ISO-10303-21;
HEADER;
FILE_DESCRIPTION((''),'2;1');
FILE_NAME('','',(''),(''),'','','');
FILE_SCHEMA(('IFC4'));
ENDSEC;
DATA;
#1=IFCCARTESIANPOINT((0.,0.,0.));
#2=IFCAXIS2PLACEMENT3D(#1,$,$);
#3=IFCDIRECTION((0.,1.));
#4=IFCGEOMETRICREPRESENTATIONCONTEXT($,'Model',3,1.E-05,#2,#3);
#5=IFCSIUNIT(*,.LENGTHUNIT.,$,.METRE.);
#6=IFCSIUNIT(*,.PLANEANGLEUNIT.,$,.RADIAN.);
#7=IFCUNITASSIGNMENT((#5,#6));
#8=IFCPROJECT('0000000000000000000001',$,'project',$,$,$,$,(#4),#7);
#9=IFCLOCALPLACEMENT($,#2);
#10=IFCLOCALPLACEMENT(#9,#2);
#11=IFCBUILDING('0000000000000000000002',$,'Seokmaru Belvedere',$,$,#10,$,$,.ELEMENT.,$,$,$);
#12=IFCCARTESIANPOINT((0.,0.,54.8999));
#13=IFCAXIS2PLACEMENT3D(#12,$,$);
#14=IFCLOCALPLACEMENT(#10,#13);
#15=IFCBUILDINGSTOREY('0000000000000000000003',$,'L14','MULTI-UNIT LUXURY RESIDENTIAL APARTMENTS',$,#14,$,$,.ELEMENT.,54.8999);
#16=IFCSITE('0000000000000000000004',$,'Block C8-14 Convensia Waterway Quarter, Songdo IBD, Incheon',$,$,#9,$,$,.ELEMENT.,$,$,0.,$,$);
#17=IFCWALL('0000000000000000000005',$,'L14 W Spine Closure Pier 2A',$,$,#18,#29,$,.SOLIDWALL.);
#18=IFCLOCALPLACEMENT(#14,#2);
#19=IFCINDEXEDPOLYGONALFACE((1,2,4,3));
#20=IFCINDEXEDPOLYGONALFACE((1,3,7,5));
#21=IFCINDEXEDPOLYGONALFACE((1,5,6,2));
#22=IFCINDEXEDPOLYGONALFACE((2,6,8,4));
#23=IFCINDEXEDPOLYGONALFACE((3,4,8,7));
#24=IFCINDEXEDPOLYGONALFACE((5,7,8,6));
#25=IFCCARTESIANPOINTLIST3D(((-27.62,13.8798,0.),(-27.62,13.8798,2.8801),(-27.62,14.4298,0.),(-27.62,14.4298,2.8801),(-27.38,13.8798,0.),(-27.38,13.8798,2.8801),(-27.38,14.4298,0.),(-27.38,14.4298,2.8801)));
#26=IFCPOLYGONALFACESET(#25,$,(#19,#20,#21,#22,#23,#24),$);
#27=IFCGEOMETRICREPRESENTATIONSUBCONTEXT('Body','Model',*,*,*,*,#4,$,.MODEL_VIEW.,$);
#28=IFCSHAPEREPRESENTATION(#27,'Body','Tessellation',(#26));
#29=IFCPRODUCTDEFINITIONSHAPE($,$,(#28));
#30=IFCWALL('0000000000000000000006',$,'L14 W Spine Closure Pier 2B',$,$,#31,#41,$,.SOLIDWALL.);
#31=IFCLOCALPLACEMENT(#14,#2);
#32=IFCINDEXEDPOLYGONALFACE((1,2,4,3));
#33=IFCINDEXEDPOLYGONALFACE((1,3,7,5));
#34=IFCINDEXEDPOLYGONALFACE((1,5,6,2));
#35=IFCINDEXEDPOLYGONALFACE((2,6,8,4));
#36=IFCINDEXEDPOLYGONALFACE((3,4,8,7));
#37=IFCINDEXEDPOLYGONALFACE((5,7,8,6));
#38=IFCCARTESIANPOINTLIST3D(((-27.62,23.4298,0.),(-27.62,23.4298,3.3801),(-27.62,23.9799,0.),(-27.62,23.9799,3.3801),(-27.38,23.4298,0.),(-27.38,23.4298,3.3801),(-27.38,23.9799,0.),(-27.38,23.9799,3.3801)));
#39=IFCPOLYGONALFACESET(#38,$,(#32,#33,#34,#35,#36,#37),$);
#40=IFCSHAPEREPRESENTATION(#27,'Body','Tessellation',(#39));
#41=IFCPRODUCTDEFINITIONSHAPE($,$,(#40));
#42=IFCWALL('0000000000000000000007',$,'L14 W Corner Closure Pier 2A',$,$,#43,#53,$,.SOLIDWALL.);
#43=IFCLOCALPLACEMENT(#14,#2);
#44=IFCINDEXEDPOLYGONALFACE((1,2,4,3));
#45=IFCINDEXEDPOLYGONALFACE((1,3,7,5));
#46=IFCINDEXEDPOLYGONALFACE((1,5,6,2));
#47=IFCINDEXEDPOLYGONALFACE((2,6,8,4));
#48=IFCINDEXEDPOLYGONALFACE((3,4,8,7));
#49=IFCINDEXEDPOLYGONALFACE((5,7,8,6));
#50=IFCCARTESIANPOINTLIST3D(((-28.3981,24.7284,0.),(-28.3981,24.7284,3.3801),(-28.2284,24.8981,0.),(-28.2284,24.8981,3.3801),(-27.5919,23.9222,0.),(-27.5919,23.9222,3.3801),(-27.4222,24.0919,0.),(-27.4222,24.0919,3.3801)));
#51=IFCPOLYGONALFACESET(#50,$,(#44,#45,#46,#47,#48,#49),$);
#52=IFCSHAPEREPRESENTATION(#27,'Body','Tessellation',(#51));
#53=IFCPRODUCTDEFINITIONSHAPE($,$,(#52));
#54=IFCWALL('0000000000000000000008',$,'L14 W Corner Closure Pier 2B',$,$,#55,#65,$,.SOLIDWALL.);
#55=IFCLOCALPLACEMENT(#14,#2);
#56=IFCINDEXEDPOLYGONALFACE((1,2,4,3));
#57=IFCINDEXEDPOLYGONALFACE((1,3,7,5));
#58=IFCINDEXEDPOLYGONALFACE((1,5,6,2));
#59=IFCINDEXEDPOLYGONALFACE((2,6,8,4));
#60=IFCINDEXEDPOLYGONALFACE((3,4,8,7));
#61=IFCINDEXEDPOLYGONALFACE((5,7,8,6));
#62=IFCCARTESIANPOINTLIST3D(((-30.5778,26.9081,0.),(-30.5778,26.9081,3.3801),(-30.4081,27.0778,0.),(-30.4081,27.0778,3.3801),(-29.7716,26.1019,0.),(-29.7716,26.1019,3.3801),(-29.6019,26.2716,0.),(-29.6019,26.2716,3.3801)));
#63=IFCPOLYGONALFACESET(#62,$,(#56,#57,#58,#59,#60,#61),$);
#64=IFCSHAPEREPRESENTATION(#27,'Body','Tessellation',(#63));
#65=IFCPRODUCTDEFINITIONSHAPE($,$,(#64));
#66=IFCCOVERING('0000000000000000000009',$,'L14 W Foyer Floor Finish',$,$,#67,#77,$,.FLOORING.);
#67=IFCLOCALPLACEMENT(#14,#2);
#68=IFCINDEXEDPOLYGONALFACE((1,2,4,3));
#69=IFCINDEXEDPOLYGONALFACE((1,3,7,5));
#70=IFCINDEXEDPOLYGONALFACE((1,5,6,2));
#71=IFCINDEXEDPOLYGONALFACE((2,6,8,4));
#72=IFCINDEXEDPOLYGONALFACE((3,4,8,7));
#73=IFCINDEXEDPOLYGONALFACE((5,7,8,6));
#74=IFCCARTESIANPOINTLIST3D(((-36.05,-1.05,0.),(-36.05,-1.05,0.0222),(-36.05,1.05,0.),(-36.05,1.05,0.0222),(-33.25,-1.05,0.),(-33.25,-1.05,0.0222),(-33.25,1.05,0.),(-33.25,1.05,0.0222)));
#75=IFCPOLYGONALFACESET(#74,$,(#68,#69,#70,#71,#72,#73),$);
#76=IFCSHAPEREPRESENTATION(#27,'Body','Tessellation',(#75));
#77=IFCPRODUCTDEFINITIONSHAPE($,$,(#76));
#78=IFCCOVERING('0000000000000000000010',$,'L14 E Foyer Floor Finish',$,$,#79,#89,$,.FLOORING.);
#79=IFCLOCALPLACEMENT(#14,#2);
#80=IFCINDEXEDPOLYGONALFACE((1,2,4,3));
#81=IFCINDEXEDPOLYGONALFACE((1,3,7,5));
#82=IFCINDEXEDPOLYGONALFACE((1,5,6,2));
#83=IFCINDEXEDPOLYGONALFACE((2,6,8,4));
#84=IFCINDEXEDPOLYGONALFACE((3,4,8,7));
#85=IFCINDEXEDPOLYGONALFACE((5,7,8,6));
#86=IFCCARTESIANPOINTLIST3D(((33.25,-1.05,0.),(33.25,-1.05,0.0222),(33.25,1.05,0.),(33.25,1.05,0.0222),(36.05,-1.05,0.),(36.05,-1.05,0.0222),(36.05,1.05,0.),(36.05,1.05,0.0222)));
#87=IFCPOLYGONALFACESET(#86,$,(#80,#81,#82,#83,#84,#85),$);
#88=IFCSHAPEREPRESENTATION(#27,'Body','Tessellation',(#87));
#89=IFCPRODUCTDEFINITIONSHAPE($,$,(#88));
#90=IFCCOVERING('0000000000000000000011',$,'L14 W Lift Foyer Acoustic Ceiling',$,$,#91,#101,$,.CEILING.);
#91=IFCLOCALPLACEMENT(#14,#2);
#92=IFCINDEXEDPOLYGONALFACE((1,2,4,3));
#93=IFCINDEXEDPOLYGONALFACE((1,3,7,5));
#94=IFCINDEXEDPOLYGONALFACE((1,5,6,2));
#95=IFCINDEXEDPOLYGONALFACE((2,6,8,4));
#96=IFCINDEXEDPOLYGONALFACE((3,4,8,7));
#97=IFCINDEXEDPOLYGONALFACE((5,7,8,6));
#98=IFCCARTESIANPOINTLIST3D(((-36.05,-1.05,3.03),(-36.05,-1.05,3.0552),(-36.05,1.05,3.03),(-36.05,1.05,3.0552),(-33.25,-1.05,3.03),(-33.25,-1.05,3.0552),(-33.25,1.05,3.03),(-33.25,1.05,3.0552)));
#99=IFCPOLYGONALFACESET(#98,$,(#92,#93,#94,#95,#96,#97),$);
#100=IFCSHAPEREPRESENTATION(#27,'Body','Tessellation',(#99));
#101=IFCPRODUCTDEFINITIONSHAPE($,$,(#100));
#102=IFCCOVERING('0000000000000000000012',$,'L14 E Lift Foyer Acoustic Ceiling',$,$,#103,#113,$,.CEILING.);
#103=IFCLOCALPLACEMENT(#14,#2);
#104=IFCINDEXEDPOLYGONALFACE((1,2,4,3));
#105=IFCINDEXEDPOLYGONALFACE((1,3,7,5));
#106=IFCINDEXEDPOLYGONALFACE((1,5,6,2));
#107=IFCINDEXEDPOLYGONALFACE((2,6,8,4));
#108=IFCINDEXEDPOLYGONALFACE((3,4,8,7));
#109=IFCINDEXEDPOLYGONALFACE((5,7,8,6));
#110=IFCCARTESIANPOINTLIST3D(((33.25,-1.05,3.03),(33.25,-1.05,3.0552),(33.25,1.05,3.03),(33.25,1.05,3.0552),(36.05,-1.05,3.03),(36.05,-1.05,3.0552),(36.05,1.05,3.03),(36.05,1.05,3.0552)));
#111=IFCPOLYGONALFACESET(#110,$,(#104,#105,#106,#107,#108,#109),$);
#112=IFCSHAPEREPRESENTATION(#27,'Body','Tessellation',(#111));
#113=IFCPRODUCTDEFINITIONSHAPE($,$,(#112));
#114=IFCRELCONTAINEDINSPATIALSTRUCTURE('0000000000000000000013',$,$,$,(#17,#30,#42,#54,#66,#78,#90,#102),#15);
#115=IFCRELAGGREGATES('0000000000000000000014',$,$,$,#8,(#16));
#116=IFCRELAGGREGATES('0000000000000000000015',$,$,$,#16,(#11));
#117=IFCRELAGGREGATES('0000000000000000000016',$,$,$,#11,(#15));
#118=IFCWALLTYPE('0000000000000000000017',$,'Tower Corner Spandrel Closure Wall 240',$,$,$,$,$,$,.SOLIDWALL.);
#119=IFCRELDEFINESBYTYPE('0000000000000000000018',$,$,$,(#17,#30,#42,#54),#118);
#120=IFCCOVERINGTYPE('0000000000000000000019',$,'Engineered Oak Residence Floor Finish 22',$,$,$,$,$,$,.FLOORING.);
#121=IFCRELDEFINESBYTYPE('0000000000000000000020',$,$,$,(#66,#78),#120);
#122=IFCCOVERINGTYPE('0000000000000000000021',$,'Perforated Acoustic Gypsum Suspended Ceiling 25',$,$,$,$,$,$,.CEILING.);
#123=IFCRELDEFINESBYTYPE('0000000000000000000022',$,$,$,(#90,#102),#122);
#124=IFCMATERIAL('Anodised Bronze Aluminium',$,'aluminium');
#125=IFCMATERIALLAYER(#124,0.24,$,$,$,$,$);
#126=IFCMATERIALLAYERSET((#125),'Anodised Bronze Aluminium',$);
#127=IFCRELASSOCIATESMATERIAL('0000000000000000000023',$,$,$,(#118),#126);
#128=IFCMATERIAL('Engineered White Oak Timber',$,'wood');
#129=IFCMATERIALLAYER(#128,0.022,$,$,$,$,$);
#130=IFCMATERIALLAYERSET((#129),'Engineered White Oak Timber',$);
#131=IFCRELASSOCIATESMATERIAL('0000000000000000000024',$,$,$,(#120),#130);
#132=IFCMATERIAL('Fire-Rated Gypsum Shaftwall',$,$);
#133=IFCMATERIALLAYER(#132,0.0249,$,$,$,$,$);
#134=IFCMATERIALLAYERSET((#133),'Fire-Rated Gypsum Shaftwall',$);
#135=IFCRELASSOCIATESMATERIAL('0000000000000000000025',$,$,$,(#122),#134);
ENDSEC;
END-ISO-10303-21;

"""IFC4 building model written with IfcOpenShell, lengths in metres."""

from ifc_helpers import new_model, si_unit, direction, frame, frame_2d, origin, place, context, subcontext, project, spatial, polyline, rectangle, outline, extrude, material, layer, layer_set, type_object, element, save


model = new_model("IFC4")

# Units and contexts
model_context = context("Model", 3, precision=1e-05, world=origin(), true_north=direction((0.0, 1.0)))
body_context = subcontext(model_context, "Body", "Model", "MODEL_VIEW")
ifc_project = project(units=[si_unit("LENGTHUNIT", "METRE"), si_unit("PLANEANGLEUNIT", "RADIAN")], contexts=[model_context])

# Site, building, storey
site_placement = place(None, origin())
site = spatial("IfcSite", under=ifc_project, at=site_placement, Name="Block C8-14 Convensia Waterway Quarter, Songdo IBD, Incheon", CompositionType="ELEMENT", RefElevation=0.0)
building_placement = place(site_placement, origin())
building = spatial("IfcBuilding", under=site, at=building_placement, Name="Seokmaru Belvedere", CompositionType="ELEMENT")
storey_placement = place(building_placement, frame((0.0, 0.0, 54.8999)))
storey = spatial("IfcBuildingStorey", under=building, at=storey_placement, Name="L14", Description="MULTI-UNIT LUXURY RESIDENTIAL APARTMENTS", CompositionType="ELEMENT", Elevation=54.8999)

# Shared definitions
ifc_material_1 = material(Name="Anodised Bronze Aluminium", Category="aluminium")

# Walls
ifc_layer_1 = layer(ifc_material_1, 0.24)
ifc_layer_set_1 = layer_set([ifc_layer_1], Name="Anodised Bronze Aluminium")
wall_type_1 = type_object("IfcWallType", Name="Tower Corner Spandrel Closure Wall 240", PredefinedType="SOLIDWALL", material=ifc_layer_set_1)
wall_1_placement = place(storey_placement, frame((-27.5, 13.8799, 0.0), z_axis=(0.0, 0.0, 1.0), x_axis=(0.0, 1.0, 0.0)))
element("IfcWall", 1, at=wall_1_placement, inside=storey, type_object=wall_type_1, Name="L14 W Spine Closure Pier 2A", PredefinedType="SOLIDWALL", context=body_context, shape_type="SweptSolid", body=[
    extrude(rectangle(XDim=0.55, YDim=0.24, at=frame_2d((0.2749, 0.0))), origin(), (0.0, 0.0, 1.0), 2.8801),
])
wall_2_placement = place(storey_placement, frame((-27.5, 23.4299, 0.0), z_axis=(0.0, 0.0, 1.0), x_axis=(0.0, 1.0, 0.0)))
element("IfcWall", 2, at=wall_2_placement, inside=storey, type_object=wall_type_1, Name="L14 W Spine Closure Pier 2B", PredefinedType="SOLIDWALL", context=body_context, shape_type="SweptSolid", body=[
    extrude(rectangle(XDim=0.55, YDim=0.24, at=frame_2d((0.2749, 0.0))), origin(), (0.0, 0.0, 1.0), 3.3801),
])
for number, where, z_axis, x_axis, name in (
    (3, (-27.5071, 24.0071, 0.0), (0.0, 0.0, 1.0), (-0.707107, 0.707107, 0.0), "L14 W Corner Closure Pier 2A"),
    (4, (-29.6868, 26.1868, 0.0), (0.0, 0.0, 1.0), (-0.707107, 0.707107, 0.0), "L14 W Corner Closure Pier 2B"),
):
    element("IfcWall", number, at=place(storey_placement, frame(where, z_axis=z_axis, x_axis=x_axis)), inside=storey, type_object=wall_type_1, Name=name, PredefinedType="SOLIDWALL", context=body_context, shape_type="SweptSolid", body=[
        extrude(rectangle(XDim=1.1401, YDim=0.24, at=frame_2d((0.5701, 0.0))), origin(), (0.0, 0.0, 1.0), 3.3801),
    ])

# Coverings
ifc_material_2 = material(Name="Engineered White Oak Timber", Category="wood")
ifc_layer_2 = layer(ifc_material_2, 0.022)
ifc_layer_set_2 = layer_set([ifc_layer_2], Name="Engineered White Oak Timber")
covering_type_1 = type_object("IfcCoveringType", Name="Engineered Oak Residence Floor Finish 22", PredefinedType="FLOORING", material=ifc_layer_set_2)
covering_1_placement = place(storey_placement, origin())
element("IfcCovering", 5, at=covering_1_placement, inside=storey, type_object=covering_type_1, Name="L14 W Foyer Floor Finish", PredefinedType="FLOORING", context=body_context, shape_type="SweptSolid", body=[
    extrude(outline(polyline([(-36.05, -1.05), (-33.25, -1.05), (-33.25, 1.05), (-36.05, 1.05), (-36.05, -1.05)])), origin(), (0.0, 0.0, 1.0), 0.0222),
])
covering_2_placement = place(storey_placement, origin())
element("IfcCovering", 6, at=covering_2_placement, inside=storey, type_object=covering_type_1, Name="L14 E Foyer Floor Finish", PredefinedType="FLOORING", context=body_context, shape_type="SweptSolid", body=[
    extrude(outline(polyline([(33.25, -1.05), (36.05, -1.05), (36.05, 1.05), (33.25, 1.05), (33.25, -1.05)])), origin(), (0.0, 0.0, 1.0), 0.0222),
])
ifc_material_3 = material(Name="Fire-Rated Gypsum Shaftwall")
ifc_layer_3 = layer(ifc_material_3, 0.0249)
ifc_layer_set_3 = layer_set([ifc_layer_3], Name="Fire-Rated Gypsum Shaftwall")
covering_type_2 = type_object("IfcCoveringType", Name="Perforated Acoustic Gypsum Suspended Ceiling 25", PredefinedType="CEILING", material=ifc_layer_set_3)
covering_3_placement = place(storey_placement, frame((0.0, 0.0, 3.03)))
element("IfcCovering", 7, at=covering_3_placement, inside=storey, type_object=covering_type_2, Name="L14 W Lift Foyer Acoustic Ceiling", PredefinedType="CEILING", context=body_context, shape_type="SweptSolid", body=[
    extrude(outline(polyline([(-36.05, -1.05), (-33.25, -1.05), (-33.25, 1.05), (-36.05, 1.05), (-36.05, -1.05)])), origin(), (0.0, 0.0, 1.0), 0.0251),
])
covering_4_placement = place(storey_placement, frame((0.0, 0.0, 3.03)))
element("IfcCovering", 8, at=covering_4_placement, inside=storey, type_object=covering_type_2, Name="L14 E Lift Foyer Acoustic Ceiling", PredefinedType="CEILING", context=body_context, shape_type="SweptSolid", body=[
    extrude(outline(polyline([(33.25, -1.05), (36.05, -1.05), (36.05, 1.05), (33.25, 1.05), (33.25, -1.05)])), origin(), (0.0, 0.0, 1.0), 0.0251),
])

save(model, "model.ifc")
